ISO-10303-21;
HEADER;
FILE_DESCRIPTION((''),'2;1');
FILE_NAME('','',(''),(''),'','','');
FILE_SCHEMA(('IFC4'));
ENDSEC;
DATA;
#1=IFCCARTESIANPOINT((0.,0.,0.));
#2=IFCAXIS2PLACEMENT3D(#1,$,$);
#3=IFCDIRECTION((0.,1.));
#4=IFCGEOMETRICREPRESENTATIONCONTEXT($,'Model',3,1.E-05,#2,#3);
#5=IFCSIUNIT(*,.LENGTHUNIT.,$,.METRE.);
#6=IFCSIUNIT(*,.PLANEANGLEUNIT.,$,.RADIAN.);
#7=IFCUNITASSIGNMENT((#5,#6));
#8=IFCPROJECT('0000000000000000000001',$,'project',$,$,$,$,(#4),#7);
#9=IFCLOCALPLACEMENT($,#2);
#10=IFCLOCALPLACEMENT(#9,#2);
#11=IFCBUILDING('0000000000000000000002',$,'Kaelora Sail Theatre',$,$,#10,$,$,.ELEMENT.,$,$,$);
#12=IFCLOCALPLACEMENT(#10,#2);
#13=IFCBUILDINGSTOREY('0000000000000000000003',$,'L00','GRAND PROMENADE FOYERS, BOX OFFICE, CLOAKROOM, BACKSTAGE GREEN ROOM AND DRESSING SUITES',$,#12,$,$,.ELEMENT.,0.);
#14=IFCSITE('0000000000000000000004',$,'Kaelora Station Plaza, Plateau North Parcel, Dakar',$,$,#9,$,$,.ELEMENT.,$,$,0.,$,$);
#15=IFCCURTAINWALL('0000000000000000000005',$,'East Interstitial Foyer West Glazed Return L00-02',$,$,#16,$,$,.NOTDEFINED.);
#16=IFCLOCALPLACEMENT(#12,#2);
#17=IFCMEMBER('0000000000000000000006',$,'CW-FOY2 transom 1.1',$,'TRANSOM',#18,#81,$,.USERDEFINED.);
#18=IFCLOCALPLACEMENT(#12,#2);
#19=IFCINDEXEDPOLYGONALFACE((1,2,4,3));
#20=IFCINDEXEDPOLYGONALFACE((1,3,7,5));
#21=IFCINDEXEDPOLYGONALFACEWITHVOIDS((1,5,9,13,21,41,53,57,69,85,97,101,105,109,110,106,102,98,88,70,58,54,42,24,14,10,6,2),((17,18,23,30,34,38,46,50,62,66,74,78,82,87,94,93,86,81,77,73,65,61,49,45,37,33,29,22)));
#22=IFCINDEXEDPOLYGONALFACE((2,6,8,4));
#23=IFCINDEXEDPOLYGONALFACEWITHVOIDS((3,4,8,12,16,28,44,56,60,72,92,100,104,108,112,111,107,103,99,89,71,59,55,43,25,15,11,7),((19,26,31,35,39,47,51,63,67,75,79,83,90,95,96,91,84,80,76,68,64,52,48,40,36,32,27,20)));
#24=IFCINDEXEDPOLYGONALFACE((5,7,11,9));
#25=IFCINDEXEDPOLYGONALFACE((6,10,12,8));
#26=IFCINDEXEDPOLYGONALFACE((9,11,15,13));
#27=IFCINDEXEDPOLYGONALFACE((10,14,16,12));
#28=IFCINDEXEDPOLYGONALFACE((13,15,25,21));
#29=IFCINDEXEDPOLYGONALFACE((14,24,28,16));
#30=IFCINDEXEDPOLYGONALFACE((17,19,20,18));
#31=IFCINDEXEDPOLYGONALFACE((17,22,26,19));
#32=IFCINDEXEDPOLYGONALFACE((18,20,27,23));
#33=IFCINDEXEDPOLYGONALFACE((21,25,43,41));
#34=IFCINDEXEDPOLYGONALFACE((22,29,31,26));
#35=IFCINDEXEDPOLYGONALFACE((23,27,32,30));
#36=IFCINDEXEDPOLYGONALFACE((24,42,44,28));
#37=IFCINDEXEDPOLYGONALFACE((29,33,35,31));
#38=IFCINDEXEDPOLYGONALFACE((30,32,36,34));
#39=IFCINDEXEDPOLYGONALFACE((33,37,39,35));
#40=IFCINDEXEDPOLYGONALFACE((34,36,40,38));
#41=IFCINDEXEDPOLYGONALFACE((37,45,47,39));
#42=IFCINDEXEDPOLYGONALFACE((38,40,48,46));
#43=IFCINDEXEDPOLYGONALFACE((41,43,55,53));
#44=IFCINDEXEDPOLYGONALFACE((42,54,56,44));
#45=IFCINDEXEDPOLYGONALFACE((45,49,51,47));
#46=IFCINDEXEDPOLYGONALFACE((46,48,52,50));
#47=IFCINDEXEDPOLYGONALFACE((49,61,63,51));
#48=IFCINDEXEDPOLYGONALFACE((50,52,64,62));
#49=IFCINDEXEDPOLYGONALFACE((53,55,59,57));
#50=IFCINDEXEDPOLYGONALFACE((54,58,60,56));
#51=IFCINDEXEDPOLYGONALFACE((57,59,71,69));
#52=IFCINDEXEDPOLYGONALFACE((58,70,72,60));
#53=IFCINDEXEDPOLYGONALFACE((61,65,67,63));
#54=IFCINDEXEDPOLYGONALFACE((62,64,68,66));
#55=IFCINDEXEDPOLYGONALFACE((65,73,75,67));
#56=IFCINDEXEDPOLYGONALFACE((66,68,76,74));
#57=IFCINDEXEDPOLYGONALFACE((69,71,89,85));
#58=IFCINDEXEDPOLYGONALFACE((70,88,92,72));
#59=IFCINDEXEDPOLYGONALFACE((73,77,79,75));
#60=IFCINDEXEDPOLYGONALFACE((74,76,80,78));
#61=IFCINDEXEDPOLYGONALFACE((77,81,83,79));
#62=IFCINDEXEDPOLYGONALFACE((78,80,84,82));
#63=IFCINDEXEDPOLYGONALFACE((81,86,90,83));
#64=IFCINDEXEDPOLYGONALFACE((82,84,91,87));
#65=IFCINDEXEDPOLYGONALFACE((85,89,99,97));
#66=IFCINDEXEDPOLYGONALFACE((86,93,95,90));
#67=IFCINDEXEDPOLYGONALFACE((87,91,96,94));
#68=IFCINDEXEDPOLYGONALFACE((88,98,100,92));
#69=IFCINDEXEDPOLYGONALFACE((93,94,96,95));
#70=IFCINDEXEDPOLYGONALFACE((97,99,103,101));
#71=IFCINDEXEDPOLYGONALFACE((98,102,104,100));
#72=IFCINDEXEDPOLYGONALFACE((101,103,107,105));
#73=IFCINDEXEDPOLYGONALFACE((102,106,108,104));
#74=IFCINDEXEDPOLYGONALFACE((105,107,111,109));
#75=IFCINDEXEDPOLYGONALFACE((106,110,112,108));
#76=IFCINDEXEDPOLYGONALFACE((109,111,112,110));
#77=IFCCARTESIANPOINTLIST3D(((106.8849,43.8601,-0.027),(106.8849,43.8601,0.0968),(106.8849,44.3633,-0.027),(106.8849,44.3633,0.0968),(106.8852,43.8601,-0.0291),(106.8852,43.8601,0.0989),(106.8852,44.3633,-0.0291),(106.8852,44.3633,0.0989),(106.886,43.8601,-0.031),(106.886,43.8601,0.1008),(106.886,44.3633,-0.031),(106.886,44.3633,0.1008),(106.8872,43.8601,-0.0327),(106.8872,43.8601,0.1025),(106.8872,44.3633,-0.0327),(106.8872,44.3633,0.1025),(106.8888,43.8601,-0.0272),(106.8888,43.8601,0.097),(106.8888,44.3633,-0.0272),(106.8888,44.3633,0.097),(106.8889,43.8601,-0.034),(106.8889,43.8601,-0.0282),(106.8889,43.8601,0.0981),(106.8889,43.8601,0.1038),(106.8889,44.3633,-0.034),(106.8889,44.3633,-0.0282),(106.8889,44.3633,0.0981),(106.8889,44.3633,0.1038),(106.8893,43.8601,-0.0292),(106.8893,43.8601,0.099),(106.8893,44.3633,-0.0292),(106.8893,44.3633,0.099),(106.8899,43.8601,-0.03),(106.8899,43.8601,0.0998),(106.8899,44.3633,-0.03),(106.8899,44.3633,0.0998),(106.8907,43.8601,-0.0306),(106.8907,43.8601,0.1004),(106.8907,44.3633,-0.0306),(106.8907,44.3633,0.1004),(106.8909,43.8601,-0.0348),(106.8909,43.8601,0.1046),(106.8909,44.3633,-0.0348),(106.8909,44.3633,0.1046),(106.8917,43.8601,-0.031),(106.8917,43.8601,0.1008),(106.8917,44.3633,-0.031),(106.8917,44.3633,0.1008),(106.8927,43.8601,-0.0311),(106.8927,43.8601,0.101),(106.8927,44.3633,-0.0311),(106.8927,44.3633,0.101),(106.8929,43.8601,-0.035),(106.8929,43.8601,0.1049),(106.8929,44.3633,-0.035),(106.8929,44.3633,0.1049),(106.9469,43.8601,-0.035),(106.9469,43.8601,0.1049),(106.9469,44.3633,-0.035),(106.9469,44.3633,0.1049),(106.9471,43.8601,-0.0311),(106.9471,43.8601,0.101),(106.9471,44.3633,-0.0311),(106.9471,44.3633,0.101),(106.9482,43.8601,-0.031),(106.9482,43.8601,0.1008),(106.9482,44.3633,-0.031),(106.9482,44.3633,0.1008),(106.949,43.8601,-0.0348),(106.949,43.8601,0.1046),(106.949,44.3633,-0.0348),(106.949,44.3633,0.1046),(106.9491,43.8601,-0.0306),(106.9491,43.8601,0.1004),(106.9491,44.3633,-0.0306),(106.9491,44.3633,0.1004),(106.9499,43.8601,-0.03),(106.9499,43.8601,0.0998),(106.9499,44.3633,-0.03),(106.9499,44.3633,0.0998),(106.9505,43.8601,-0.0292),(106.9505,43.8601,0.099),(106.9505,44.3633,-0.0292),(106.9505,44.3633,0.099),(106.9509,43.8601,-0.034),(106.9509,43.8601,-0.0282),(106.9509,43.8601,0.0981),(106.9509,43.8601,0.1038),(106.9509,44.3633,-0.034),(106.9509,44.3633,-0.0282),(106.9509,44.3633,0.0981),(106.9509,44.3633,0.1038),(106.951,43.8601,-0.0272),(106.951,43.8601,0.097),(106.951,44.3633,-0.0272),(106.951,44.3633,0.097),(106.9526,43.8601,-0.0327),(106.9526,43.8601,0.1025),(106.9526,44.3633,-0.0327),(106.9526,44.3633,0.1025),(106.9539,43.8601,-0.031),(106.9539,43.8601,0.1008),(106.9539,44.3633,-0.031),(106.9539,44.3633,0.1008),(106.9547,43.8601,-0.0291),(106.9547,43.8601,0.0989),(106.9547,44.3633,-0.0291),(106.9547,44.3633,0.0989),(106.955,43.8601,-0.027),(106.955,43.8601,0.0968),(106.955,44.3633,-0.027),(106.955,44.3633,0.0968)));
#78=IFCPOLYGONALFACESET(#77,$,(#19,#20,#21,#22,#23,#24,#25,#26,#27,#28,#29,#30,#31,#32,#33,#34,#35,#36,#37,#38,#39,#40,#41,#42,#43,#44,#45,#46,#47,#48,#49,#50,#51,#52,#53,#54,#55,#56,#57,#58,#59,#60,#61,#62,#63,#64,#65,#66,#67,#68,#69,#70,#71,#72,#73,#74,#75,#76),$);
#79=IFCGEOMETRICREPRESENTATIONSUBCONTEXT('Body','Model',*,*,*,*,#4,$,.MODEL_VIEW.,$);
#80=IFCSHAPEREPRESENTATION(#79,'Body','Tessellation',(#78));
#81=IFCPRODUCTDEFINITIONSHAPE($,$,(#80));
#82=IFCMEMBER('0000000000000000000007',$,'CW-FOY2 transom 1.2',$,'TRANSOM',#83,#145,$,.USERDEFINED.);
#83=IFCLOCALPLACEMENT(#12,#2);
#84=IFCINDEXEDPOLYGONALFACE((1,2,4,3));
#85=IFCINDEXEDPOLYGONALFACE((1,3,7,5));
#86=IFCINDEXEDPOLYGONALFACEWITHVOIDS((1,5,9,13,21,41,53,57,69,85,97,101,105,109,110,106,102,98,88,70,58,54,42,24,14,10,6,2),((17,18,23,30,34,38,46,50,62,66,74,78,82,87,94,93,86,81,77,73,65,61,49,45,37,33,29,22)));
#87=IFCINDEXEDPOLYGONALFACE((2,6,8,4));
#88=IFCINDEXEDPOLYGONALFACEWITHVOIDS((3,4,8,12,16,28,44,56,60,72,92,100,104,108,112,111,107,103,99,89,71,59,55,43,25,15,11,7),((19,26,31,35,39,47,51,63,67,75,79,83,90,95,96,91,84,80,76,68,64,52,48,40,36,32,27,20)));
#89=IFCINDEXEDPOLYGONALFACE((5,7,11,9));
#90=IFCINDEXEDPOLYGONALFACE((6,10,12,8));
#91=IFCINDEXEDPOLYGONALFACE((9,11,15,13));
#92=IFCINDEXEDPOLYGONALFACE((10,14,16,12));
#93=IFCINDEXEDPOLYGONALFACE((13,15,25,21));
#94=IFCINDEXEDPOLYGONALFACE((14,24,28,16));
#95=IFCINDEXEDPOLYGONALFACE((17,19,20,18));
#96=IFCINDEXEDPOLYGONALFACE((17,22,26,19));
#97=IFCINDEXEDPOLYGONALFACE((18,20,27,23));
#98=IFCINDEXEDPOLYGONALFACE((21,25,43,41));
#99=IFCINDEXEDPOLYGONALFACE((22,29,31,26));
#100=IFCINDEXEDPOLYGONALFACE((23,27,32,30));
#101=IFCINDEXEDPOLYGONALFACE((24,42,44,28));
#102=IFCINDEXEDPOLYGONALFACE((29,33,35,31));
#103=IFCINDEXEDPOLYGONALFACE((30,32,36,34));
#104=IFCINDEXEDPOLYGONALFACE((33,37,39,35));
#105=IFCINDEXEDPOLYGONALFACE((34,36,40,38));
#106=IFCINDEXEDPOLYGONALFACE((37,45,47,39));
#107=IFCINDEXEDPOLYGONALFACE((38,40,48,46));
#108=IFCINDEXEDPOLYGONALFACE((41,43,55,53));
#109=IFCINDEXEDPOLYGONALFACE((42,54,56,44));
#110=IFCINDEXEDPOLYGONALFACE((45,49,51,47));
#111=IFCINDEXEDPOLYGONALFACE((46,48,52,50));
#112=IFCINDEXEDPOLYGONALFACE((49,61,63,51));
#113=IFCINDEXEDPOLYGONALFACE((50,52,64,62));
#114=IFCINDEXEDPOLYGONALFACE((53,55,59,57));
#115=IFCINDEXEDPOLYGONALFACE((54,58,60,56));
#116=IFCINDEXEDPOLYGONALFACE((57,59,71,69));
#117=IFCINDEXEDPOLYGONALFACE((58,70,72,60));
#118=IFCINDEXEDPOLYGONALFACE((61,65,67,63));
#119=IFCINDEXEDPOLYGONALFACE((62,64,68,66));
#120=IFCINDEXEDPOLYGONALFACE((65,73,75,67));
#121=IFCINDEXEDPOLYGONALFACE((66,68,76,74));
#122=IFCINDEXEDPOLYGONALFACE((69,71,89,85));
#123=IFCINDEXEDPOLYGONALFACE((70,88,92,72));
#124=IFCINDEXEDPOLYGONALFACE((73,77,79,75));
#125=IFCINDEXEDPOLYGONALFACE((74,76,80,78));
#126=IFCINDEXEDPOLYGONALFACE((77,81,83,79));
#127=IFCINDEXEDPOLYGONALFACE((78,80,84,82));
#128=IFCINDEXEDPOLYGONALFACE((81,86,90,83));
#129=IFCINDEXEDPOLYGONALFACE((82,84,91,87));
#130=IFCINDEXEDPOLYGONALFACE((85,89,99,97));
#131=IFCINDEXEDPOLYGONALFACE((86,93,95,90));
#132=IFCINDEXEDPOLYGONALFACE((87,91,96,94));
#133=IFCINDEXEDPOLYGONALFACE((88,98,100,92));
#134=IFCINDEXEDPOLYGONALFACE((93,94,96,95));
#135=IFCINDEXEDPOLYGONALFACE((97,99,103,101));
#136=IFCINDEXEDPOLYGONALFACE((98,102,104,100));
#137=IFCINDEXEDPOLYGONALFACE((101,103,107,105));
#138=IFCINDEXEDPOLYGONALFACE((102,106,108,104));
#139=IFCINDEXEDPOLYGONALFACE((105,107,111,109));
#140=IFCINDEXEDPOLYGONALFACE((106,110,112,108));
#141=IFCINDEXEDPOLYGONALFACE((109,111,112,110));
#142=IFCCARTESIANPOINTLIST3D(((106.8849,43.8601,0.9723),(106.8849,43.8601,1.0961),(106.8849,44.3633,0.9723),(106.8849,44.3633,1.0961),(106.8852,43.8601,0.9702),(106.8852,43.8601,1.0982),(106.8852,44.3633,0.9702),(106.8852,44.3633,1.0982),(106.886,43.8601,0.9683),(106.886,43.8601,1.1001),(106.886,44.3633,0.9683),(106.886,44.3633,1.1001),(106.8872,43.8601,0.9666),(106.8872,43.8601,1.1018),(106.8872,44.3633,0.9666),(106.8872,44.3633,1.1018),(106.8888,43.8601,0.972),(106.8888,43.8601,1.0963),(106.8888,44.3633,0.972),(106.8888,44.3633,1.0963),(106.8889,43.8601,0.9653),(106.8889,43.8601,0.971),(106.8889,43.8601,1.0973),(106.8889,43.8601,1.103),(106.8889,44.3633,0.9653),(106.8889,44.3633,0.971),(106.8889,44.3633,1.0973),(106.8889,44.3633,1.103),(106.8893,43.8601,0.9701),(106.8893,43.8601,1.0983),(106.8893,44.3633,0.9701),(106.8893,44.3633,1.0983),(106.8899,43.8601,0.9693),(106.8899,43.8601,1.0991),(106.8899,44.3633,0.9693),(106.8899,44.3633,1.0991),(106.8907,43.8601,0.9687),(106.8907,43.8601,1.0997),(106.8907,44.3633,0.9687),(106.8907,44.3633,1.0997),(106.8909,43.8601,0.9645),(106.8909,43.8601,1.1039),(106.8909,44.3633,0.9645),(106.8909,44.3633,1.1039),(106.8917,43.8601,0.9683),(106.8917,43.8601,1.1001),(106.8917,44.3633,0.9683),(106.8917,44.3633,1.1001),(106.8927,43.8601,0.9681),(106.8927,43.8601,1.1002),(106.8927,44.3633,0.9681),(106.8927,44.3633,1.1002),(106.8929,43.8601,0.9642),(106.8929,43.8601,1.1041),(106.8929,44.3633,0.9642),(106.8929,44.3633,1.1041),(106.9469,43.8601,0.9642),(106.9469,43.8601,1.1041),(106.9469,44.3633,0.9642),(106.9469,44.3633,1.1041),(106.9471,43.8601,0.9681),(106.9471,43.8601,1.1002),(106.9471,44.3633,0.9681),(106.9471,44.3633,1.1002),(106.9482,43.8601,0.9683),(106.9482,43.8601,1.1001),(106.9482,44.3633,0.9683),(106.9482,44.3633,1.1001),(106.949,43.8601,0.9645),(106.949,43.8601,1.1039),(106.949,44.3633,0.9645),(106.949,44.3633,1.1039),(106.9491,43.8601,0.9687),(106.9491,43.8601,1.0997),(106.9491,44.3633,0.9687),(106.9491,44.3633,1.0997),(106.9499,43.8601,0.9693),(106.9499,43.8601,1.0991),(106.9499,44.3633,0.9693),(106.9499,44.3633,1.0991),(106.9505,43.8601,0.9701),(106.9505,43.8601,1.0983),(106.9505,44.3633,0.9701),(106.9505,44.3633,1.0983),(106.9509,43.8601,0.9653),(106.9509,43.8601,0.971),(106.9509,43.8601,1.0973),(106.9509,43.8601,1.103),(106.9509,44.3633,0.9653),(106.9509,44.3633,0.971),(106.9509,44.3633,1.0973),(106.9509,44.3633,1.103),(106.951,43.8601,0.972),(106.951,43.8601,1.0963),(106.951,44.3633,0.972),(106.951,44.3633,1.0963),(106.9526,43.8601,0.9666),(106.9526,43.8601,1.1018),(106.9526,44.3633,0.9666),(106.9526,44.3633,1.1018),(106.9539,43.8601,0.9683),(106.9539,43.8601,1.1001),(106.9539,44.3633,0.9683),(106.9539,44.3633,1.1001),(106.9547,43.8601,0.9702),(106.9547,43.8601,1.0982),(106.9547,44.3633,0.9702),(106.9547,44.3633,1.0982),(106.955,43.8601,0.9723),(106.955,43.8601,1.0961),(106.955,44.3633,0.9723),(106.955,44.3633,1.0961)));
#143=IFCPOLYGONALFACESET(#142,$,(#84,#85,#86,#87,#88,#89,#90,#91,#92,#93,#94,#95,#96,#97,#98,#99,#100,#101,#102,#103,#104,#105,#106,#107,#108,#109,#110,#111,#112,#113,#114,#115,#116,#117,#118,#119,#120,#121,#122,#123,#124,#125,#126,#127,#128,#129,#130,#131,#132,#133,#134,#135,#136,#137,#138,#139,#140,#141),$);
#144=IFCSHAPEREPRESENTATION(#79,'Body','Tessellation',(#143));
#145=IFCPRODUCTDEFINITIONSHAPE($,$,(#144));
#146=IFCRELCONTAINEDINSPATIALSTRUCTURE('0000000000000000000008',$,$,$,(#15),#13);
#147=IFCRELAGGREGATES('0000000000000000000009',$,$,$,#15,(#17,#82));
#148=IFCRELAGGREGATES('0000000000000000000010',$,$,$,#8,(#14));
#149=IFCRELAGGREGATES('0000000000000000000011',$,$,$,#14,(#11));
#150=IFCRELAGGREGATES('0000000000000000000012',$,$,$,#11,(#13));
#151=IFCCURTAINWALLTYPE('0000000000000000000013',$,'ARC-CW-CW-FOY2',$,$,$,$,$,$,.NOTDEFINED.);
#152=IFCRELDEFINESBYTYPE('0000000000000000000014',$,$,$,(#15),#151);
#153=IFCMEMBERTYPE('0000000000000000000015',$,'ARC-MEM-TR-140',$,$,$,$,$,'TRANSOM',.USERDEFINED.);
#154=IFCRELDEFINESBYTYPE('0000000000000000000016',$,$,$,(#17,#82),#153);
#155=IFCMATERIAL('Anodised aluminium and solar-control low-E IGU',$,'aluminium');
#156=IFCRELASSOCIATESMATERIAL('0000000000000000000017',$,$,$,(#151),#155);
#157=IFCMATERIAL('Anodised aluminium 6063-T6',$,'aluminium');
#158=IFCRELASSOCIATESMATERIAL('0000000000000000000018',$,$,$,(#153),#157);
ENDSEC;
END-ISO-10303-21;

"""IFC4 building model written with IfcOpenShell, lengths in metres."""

from ifc_helpers import new_model, si_unit, direction, frame, origin, origin_2d, place, context, subcontext, project, spatial, hollow_rectangle, extrude, material, material_profile, profile_set, type_object, element, aggregate, save


model = new_model("IFC4")

# Units and contexts
model_context = context("Model", 3, precision=1e-05, world=origin(), true_north=direction((0.0, 1.0)))
body_context = subcontext(model_context, "Body", "Model", "MODEL_VIEW")
ifc_project = project(units=[si_unit("LENGTHUNIT", "METRE"), si_unit("PLANEANGLEUNIT", "RADIAN")], contexts=[model_context])

# Site, building, storey
site_placement = place(None, origin())
site = spatial("IfcSite", under=ifc_project, at=site_placement, Name="Kaelora Station Plaza, Plateau North Parcel, Dakar", CompositionType="ELEMENT", RefElevation=0.0)
building_placement = place(site_placement, origin())
building = spatial("IfcBuilding", under=site, at=building_placement, Name="Kaelora Sail Theatre", CompositionType="ELEMENT")
storey_placement = place(building_placement, origin())
storey = spatial("IfcBuildingStorey", under=building, at=storey_placement, Name="L00", Description="GRAND PROMENADE FOYERS, BOX OFFICE, CLOAKROOM, BACKSTAGE GREEN ROOM AND DRESSING SUITES", CompositionType="ELEMENT", Elevation=0.0)

# Shared definitions
ifc_material_1 = material(Name="Anodised aluminium and solar-control low-E IGU", Category="aluminium")
curtain_wall_type = type_object("IfcCurtainWallType", Name="ARC-CW-CW-FOY2", PredefinedType="NOTDEFINED", material=ifc_material_1)

# Curtain wall
curtain_wall_1_placement = place(storey_placement, origin())
curtain_wall_1 = element("IfcCurtainWall", 1, at=curtain_wall_1_placement, inside=storey, type_object=curtain_wall_type, Name="East Interstitial Foyer West Glazed Return L00-02", PredefinedType="NOTDEFINED")

# Members
ifc_material_2 = material(Name="Anodised aluminium 6063-T6", Category="aluminium")
ifc_material_profile_1 = material_profile(ifc_material_2, hollow_rectangle(XDim=0.0701, YDim=0.1399, WallThickness=0.0039, InnerFilletRadius=0.0039, OuterFilletRadius=0.0081, at=origin_2d()), Name="ALU-TRAN 70x140x4")
ifc_profile_set_1 = profile_set([ifc_material_profile_1], Name="Anodised aluminium 6063-T6")
member_type_1 = type_object("IfcMemberType", Name="ARC-MEM-TR-140", ElementType="TRANSOM", PredefinedType="USERDEFINED", material=ifc_profile_set_1)
member_1_placement = place(storey_placement, frame((106.9199, 43.8601, 0.0349), z_axis=(0.0, 1.0, 0.0), x_axis=(-1.0, 0.0, 0.0)))
member_1 = element("IfcMember", 2, at=member_1_placement, type_object=member_type_1, Name="CW-FOY2 transom 1.1", ObjectType="TRANSOM", PredefinedType="USERDEFINED", context=body_context, shape_type="SweptSolid", body=[
    extrude(hollow_rectangle(XDim=0.0701, YDim=0.1399, WallThickness=0.0039, InnerFilletRadius=0.0039, OuterFilletRadius=0.0081, at=origin_2d()), origin(), (0.0, 0.0, 1.0), 0.5032),
])
member_2_placement = place(storey_placement, frame((106.9199, 43.8601, 1.0342), z_axis=(0.0, 1.0, 0.0), x_axis=(-1.0, 0.0, 0.0)))
member_2 = element("IfcMember", 3, at=member_2_placement, type_object=member_type_1, Name="CW-FOY2 transom 1.2", ObjectType="TRANSOM", PredefinedType="USERDEFINED", context=body_context, shape_type="SweptSolid", body=[
    extrude(hollow_rectangle(XDim=0.0701, YDim=0.1399, WallThickness=0.0039, InnerFilletRadius=0.0039, OuterFilletRadius=0.0081, at=origin_2d()), origin(), (0.0, 0.0, 1.0), 0.5032),
])

aggregate(curtain_wall_1, [member_1, member_2])

save(model, "model.ifc")
